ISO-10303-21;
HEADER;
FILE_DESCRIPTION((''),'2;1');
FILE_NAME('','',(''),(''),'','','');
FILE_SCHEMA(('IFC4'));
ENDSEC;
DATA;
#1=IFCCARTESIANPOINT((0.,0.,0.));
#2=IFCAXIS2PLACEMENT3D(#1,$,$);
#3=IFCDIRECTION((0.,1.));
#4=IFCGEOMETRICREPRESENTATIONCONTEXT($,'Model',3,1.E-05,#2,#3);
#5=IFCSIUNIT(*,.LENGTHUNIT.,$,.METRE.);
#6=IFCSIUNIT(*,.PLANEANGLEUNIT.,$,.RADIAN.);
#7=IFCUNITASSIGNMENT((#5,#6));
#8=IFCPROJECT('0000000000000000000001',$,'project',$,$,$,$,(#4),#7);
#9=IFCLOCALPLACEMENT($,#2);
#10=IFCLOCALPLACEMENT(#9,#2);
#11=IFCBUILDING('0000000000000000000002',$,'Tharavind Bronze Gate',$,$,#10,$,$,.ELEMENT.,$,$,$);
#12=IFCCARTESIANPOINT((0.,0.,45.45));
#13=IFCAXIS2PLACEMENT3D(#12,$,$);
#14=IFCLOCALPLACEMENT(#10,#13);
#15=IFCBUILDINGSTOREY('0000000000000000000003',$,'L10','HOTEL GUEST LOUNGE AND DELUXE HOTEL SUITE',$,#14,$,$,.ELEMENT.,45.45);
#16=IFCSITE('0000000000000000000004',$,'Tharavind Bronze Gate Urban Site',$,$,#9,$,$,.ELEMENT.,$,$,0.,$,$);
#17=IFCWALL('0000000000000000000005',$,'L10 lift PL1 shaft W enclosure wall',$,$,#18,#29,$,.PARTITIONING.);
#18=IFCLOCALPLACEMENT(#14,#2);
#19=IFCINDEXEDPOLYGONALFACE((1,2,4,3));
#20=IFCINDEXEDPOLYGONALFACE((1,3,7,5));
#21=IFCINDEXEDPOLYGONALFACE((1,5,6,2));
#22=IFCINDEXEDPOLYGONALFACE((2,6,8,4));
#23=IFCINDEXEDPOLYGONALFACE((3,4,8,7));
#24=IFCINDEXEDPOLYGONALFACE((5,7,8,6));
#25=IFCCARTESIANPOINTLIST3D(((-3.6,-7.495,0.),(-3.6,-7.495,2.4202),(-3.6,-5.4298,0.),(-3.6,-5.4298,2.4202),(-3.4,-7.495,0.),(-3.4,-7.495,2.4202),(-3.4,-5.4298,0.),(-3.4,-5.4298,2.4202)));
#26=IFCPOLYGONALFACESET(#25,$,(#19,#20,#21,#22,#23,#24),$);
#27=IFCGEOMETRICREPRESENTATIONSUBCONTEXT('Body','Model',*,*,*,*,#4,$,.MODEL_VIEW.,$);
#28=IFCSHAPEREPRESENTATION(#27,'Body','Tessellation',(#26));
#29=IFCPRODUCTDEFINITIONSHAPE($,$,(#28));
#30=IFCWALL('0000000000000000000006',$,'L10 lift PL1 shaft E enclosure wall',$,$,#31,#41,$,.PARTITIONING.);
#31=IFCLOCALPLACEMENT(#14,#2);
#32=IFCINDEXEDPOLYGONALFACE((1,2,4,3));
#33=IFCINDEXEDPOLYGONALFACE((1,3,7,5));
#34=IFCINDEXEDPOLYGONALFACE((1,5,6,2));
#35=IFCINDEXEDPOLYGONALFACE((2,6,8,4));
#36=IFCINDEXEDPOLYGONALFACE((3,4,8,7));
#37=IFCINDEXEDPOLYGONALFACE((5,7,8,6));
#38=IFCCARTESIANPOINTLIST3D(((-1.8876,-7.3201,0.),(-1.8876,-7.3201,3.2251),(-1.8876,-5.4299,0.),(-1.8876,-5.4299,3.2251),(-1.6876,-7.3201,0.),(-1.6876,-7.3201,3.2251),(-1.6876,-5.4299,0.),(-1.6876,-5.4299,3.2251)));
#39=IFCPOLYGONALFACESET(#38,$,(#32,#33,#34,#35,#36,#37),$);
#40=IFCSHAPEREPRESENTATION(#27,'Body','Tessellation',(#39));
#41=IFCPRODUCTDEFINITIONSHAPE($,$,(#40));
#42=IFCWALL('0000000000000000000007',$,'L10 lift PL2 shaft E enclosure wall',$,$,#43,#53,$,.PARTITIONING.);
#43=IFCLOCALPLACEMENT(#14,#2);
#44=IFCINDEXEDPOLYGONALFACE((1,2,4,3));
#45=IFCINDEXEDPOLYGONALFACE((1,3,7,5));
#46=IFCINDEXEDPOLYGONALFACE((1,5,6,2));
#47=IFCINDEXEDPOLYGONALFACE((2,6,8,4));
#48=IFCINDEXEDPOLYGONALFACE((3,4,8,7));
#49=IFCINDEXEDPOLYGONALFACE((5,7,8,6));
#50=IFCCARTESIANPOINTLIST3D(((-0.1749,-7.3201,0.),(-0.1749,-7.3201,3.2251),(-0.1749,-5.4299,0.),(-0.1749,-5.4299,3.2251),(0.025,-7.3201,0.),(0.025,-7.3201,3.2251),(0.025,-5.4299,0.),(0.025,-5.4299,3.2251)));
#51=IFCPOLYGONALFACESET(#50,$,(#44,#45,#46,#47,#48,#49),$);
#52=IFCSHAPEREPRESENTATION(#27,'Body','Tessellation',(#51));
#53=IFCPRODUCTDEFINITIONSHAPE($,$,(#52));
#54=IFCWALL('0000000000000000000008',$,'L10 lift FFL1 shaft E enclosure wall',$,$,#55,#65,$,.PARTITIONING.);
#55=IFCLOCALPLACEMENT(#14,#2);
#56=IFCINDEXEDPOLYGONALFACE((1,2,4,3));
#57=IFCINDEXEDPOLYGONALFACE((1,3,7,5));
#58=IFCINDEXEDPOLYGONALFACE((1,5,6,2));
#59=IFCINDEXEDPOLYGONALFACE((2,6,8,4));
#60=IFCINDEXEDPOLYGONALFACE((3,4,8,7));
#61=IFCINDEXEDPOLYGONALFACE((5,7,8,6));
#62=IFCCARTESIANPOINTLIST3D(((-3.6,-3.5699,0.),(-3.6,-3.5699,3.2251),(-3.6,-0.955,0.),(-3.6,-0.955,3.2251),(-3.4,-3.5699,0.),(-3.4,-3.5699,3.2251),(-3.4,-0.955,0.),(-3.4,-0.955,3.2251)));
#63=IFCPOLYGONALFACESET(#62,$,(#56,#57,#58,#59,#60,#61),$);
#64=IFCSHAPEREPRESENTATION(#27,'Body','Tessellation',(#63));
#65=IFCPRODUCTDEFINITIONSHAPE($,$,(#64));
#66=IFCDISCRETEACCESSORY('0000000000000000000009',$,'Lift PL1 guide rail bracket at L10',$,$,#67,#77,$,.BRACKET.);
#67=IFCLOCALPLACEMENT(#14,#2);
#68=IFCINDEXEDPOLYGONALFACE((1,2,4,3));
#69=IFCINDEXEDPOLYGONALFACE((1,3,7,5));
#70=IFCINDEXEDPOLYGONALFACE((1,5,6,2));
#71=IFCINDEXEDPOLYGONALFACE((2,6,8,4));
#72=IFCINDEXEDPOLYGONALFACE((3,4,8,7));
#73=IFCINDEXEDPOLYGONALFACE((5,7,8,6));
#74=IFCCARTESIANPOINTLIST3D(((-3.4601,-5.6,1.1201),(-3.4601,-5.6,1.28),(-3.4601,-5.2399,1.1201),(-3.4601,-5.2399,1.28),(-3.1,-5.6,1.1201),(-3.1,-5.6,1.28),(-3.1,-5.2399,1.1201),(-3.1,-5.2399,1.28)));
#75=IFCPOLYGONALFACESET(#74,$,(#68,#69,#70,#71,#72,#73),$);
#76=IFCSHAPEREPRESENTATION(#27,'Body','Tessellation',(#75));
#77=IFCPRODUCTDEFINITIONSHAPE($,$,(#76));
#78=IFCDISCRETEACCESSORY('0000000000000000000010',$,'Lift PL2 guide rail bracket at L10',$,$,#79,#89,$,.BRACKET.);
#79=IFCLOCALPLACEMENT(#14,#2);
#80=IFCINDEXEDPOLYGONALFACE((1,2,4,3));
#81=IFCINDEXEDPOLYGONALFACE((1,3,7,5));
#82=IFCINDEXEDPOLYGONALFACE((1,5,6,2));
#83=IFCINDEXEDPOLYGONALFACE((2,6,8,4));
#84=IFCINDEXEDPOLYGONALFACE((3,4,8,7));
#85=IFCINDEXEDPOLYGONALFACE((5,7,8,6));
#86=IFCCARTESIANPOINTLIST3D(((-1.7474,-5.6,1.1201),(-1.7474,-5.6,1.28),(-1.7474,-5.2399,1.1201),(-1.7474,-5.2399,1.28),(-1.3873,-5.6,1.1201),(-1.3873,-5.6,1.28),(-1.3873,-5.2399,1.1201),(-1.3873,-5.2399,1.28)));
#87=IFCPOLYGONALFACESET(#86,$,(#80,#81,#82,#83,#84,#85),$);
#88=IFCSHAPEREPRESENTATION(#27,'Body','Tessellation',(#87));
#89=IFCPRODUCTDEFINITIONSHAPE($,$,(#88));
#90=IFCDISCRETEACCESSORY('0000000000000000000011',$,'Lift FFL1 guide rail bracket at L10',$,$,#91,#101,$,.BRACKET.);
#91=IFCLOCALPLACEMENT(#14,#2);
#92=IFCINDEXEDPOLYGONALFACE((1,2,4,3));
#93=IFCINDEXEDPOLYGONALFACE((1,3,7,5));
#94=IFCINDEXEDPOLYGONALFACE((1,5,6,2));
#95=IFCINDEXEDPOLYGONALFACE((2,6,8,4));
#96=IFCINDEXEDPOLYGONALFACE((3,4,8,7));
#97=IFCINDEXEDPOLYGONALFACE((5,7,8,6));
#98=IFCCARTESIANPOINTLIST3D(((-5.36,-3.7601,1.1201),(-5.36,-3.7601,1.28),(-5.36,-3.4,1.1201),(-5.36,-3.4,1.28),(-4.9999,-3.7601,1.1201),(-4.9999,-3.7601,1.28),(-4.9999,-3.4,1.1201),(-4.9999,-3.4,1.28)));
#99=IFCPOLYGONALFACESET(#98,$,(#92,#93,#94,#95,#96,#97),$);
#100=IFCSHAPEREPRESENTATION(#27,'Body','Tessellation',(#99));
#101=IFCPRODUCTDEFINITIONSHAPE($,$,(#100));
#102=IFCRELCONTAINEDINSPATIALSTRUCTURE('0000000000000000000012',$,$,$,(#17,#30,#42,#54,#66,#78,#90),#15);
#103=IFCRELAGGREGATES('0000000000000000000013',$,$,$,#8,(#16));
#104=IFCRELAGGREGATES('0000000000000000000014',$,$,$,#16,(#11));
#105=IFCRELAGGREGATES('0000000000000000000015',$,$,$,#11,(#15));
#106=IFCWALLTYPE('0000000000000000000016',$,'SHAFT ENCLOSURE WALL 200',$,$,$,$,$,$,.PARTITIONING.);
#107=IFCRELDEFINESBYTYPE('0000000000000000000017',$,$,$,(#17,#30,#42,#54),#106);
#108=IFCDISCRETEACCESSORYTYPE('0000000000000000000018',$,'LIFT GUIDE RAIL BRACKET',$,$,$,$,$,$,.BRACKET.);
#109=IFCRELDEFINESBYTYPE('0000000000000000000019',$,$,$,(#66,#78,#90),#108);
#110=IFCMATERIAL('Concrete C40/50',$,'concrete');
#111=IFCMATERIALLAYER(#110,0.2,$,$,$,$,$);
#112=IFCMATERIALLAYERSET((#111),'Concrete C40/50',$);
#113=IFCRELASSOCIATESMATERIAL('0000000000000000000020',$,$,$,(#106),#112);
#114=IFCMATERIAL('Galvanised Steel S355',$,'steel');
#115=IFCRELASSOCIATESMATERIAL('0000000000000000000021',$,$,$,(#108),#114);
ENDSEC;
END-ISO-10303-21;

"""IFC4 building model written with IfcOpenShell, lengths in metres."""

from ifc_helpers import new_model, si_unit, direction, frame, frame_2d, origin, origin_2d, place, context, subcontext, project, spatial, rectangle, extrude, material, layer, layer_set, type_object, element, save


model = new_model("IFC4")

# Units and contexts
model_context = context("Model", 3, precision=1e-05, world=origin(), true_north=direction((0.0, 1.0)))
body_context = subcontext(model_context, "Body", "Model", "MODEL_VIEW")
ifc_project = project(units=[si_unit("LENGTHUNIT", "METRE"), si_unit("PLANEANGLEUNIT", "RADIAN")], contexts=[model_context])

# Site, building, storey
site_placement = place(None, origin())
site = spatial("IfcSite", under=ifc_project, at=site_placement, Name="Tharavind Bronze Gate Urban Site", CompositionType="ELEMENT", RefElevation=0.0)
building_placement = place(site_placement, origin())
building = spatial("IfcBuilding", under=site, at=building_placement, Name="Tharavind Bronze Gate", CompositionType="ELEMENT")
storey_placement = place(building_placement, frame((0.0, 0.0, 45.45)))
storey = spatial("IfcBuildingStorey", under=building, at=storey_placement, Name="L10", Description="HOTEL GUEST LOUNGE AND DELUXE HOTEL SUITE", CompositionType="ELEMENT", Elevation=45.45)

# Walls
ifc_material_1 = material(Name="Concrete C40/50", Category="concrete")
ifc_layer_1 = layer(ifc_material_1, 0.2)
ifc_layer_set_1 = layer_set([ifc_layer_1], Name="Concrete C40/50")
wall_type_1 = type_object("IfcWallType", Name="SHAFT ENCLOSURE WALL 200", PredefinedType="PARTITIONING", material=ifc_layer_set_1)
wall_1_placement = place(storey_placement, frame((-3.5, -7.4951, 0.0), z_axis=(0.0, 0.0, 1.0), x_axis=(0.0, 1.0, 0.0)))
element("IfcWall", 1, at=wall_1_placement, inside=storey, type_object=wall_type_1, Name="L10 lift PL1 shaft W enclosure wall", PredefinedType="PARTITIONING", context=body_context, shape_type="SweptSolid", body=[
    extrude(rectangle(XDim=2.0652, YDim=0.2, at=frame_2d((1.0327, 0.0))), origin(), (0.0, 0.0, 1.0), 2.4202),
])
for number, where, z_axis, x_axis, name in (
    (2, (-1.7876, -7.3201, 0.0), (0.0, 0.0, 1.0), (0.0, 1.0, 0.0), "L10 lift PL1 shaft E enclosure wall"),
    (3, (-0.075, -7.3201, 0.0), (0.0, 0.0, 1.0), (0.0, 1.0, 0.0), "L10 lift PL2 shaft E enclosure wall"),
):
    element("IfcWall", number, at=place(storey_placement, frame(where, z_axis=z_axis, x_axis=x_axis)), inside=storey, type_object=wall_type_1, Name=name, PredefinedType="PARTITIONING", context=body_context, shape_type="SweptSolid", body=[
        extrude(rectangle(XDim=1.8901, YDim=0.2, at=frame_2d((0.9451, 0.0))), origin(), (0.0, 0.0, 1.0), 3.2251),
    ])
wall_2_placement = place(storey_placement, frame((-3.5, -3.5701, 0.0), z_axis=(0.0, 0.0, 1.0), x_axis=(0.0, 1.0, 0.0)))
element("IfcWall", 4, at=wall_2_placement, inside=storey, type_object=wall_type_1, Name="L10 lift FFL1 shaft E enclosure wall", PredefinedType="PARTITIONING", context=body_context, shape_type="SweptSolid", body=[
    extrude(rectangle(XDim=2.615, YDim=0.2, at=frame_2d((1.3076, 0.0))), origin(), (0.0, 0.0, 1.0), 3.2251),
])

# Discrete accessories
ifc_material_2 = material(Name="Galvanised Steel S355", Category="steel")
discrete_accessory_type = type_object("IfcDiscreteAccessoryType", Name="LIFT GUIDE RAIL BRACKET", PredefinedType="BRACKET", material=ifc_material_2)
for number, where, z_axis, x_axis, name in (
    (5, (-3.28, -5.4199, 1.1201), (0.0, 0.0, 1.0), (1.0, 0.0, 0.0), "Lift PL1 guide rail bracket at L10"),
    (6, (-1.5674, -5.4199, 1.1201), (0.0, 0.0, 1.0), (1.0, 0.0, 0.0), "Lift PL2 guide rail bracket at L10"),
    (7, (-5.1799, -3.5801, 1.1201), (0.0, 0.0, 1.0), (1.0, 0.0, 0.0), "Lift FFL1 guide rail bracket at L10"),
):
    element("IfcDiscreteAccessory", number, at=place(storey_placement, frame(where, z_axis=z_axis, x_axis=x_axis)), inside=storey, type_object=discrete_accessory_type, Name=name, PredefinedType="BRACKET", context=body_context, shape_type="SweptSolid", body=[
        extrude(rectangle(XDim=0.3601, YDim=0.3601, at=origin_2d()), origin(), (0.0, 0.0, 1.0), 0.1599),
    ])

save(model, "model.ifc")
